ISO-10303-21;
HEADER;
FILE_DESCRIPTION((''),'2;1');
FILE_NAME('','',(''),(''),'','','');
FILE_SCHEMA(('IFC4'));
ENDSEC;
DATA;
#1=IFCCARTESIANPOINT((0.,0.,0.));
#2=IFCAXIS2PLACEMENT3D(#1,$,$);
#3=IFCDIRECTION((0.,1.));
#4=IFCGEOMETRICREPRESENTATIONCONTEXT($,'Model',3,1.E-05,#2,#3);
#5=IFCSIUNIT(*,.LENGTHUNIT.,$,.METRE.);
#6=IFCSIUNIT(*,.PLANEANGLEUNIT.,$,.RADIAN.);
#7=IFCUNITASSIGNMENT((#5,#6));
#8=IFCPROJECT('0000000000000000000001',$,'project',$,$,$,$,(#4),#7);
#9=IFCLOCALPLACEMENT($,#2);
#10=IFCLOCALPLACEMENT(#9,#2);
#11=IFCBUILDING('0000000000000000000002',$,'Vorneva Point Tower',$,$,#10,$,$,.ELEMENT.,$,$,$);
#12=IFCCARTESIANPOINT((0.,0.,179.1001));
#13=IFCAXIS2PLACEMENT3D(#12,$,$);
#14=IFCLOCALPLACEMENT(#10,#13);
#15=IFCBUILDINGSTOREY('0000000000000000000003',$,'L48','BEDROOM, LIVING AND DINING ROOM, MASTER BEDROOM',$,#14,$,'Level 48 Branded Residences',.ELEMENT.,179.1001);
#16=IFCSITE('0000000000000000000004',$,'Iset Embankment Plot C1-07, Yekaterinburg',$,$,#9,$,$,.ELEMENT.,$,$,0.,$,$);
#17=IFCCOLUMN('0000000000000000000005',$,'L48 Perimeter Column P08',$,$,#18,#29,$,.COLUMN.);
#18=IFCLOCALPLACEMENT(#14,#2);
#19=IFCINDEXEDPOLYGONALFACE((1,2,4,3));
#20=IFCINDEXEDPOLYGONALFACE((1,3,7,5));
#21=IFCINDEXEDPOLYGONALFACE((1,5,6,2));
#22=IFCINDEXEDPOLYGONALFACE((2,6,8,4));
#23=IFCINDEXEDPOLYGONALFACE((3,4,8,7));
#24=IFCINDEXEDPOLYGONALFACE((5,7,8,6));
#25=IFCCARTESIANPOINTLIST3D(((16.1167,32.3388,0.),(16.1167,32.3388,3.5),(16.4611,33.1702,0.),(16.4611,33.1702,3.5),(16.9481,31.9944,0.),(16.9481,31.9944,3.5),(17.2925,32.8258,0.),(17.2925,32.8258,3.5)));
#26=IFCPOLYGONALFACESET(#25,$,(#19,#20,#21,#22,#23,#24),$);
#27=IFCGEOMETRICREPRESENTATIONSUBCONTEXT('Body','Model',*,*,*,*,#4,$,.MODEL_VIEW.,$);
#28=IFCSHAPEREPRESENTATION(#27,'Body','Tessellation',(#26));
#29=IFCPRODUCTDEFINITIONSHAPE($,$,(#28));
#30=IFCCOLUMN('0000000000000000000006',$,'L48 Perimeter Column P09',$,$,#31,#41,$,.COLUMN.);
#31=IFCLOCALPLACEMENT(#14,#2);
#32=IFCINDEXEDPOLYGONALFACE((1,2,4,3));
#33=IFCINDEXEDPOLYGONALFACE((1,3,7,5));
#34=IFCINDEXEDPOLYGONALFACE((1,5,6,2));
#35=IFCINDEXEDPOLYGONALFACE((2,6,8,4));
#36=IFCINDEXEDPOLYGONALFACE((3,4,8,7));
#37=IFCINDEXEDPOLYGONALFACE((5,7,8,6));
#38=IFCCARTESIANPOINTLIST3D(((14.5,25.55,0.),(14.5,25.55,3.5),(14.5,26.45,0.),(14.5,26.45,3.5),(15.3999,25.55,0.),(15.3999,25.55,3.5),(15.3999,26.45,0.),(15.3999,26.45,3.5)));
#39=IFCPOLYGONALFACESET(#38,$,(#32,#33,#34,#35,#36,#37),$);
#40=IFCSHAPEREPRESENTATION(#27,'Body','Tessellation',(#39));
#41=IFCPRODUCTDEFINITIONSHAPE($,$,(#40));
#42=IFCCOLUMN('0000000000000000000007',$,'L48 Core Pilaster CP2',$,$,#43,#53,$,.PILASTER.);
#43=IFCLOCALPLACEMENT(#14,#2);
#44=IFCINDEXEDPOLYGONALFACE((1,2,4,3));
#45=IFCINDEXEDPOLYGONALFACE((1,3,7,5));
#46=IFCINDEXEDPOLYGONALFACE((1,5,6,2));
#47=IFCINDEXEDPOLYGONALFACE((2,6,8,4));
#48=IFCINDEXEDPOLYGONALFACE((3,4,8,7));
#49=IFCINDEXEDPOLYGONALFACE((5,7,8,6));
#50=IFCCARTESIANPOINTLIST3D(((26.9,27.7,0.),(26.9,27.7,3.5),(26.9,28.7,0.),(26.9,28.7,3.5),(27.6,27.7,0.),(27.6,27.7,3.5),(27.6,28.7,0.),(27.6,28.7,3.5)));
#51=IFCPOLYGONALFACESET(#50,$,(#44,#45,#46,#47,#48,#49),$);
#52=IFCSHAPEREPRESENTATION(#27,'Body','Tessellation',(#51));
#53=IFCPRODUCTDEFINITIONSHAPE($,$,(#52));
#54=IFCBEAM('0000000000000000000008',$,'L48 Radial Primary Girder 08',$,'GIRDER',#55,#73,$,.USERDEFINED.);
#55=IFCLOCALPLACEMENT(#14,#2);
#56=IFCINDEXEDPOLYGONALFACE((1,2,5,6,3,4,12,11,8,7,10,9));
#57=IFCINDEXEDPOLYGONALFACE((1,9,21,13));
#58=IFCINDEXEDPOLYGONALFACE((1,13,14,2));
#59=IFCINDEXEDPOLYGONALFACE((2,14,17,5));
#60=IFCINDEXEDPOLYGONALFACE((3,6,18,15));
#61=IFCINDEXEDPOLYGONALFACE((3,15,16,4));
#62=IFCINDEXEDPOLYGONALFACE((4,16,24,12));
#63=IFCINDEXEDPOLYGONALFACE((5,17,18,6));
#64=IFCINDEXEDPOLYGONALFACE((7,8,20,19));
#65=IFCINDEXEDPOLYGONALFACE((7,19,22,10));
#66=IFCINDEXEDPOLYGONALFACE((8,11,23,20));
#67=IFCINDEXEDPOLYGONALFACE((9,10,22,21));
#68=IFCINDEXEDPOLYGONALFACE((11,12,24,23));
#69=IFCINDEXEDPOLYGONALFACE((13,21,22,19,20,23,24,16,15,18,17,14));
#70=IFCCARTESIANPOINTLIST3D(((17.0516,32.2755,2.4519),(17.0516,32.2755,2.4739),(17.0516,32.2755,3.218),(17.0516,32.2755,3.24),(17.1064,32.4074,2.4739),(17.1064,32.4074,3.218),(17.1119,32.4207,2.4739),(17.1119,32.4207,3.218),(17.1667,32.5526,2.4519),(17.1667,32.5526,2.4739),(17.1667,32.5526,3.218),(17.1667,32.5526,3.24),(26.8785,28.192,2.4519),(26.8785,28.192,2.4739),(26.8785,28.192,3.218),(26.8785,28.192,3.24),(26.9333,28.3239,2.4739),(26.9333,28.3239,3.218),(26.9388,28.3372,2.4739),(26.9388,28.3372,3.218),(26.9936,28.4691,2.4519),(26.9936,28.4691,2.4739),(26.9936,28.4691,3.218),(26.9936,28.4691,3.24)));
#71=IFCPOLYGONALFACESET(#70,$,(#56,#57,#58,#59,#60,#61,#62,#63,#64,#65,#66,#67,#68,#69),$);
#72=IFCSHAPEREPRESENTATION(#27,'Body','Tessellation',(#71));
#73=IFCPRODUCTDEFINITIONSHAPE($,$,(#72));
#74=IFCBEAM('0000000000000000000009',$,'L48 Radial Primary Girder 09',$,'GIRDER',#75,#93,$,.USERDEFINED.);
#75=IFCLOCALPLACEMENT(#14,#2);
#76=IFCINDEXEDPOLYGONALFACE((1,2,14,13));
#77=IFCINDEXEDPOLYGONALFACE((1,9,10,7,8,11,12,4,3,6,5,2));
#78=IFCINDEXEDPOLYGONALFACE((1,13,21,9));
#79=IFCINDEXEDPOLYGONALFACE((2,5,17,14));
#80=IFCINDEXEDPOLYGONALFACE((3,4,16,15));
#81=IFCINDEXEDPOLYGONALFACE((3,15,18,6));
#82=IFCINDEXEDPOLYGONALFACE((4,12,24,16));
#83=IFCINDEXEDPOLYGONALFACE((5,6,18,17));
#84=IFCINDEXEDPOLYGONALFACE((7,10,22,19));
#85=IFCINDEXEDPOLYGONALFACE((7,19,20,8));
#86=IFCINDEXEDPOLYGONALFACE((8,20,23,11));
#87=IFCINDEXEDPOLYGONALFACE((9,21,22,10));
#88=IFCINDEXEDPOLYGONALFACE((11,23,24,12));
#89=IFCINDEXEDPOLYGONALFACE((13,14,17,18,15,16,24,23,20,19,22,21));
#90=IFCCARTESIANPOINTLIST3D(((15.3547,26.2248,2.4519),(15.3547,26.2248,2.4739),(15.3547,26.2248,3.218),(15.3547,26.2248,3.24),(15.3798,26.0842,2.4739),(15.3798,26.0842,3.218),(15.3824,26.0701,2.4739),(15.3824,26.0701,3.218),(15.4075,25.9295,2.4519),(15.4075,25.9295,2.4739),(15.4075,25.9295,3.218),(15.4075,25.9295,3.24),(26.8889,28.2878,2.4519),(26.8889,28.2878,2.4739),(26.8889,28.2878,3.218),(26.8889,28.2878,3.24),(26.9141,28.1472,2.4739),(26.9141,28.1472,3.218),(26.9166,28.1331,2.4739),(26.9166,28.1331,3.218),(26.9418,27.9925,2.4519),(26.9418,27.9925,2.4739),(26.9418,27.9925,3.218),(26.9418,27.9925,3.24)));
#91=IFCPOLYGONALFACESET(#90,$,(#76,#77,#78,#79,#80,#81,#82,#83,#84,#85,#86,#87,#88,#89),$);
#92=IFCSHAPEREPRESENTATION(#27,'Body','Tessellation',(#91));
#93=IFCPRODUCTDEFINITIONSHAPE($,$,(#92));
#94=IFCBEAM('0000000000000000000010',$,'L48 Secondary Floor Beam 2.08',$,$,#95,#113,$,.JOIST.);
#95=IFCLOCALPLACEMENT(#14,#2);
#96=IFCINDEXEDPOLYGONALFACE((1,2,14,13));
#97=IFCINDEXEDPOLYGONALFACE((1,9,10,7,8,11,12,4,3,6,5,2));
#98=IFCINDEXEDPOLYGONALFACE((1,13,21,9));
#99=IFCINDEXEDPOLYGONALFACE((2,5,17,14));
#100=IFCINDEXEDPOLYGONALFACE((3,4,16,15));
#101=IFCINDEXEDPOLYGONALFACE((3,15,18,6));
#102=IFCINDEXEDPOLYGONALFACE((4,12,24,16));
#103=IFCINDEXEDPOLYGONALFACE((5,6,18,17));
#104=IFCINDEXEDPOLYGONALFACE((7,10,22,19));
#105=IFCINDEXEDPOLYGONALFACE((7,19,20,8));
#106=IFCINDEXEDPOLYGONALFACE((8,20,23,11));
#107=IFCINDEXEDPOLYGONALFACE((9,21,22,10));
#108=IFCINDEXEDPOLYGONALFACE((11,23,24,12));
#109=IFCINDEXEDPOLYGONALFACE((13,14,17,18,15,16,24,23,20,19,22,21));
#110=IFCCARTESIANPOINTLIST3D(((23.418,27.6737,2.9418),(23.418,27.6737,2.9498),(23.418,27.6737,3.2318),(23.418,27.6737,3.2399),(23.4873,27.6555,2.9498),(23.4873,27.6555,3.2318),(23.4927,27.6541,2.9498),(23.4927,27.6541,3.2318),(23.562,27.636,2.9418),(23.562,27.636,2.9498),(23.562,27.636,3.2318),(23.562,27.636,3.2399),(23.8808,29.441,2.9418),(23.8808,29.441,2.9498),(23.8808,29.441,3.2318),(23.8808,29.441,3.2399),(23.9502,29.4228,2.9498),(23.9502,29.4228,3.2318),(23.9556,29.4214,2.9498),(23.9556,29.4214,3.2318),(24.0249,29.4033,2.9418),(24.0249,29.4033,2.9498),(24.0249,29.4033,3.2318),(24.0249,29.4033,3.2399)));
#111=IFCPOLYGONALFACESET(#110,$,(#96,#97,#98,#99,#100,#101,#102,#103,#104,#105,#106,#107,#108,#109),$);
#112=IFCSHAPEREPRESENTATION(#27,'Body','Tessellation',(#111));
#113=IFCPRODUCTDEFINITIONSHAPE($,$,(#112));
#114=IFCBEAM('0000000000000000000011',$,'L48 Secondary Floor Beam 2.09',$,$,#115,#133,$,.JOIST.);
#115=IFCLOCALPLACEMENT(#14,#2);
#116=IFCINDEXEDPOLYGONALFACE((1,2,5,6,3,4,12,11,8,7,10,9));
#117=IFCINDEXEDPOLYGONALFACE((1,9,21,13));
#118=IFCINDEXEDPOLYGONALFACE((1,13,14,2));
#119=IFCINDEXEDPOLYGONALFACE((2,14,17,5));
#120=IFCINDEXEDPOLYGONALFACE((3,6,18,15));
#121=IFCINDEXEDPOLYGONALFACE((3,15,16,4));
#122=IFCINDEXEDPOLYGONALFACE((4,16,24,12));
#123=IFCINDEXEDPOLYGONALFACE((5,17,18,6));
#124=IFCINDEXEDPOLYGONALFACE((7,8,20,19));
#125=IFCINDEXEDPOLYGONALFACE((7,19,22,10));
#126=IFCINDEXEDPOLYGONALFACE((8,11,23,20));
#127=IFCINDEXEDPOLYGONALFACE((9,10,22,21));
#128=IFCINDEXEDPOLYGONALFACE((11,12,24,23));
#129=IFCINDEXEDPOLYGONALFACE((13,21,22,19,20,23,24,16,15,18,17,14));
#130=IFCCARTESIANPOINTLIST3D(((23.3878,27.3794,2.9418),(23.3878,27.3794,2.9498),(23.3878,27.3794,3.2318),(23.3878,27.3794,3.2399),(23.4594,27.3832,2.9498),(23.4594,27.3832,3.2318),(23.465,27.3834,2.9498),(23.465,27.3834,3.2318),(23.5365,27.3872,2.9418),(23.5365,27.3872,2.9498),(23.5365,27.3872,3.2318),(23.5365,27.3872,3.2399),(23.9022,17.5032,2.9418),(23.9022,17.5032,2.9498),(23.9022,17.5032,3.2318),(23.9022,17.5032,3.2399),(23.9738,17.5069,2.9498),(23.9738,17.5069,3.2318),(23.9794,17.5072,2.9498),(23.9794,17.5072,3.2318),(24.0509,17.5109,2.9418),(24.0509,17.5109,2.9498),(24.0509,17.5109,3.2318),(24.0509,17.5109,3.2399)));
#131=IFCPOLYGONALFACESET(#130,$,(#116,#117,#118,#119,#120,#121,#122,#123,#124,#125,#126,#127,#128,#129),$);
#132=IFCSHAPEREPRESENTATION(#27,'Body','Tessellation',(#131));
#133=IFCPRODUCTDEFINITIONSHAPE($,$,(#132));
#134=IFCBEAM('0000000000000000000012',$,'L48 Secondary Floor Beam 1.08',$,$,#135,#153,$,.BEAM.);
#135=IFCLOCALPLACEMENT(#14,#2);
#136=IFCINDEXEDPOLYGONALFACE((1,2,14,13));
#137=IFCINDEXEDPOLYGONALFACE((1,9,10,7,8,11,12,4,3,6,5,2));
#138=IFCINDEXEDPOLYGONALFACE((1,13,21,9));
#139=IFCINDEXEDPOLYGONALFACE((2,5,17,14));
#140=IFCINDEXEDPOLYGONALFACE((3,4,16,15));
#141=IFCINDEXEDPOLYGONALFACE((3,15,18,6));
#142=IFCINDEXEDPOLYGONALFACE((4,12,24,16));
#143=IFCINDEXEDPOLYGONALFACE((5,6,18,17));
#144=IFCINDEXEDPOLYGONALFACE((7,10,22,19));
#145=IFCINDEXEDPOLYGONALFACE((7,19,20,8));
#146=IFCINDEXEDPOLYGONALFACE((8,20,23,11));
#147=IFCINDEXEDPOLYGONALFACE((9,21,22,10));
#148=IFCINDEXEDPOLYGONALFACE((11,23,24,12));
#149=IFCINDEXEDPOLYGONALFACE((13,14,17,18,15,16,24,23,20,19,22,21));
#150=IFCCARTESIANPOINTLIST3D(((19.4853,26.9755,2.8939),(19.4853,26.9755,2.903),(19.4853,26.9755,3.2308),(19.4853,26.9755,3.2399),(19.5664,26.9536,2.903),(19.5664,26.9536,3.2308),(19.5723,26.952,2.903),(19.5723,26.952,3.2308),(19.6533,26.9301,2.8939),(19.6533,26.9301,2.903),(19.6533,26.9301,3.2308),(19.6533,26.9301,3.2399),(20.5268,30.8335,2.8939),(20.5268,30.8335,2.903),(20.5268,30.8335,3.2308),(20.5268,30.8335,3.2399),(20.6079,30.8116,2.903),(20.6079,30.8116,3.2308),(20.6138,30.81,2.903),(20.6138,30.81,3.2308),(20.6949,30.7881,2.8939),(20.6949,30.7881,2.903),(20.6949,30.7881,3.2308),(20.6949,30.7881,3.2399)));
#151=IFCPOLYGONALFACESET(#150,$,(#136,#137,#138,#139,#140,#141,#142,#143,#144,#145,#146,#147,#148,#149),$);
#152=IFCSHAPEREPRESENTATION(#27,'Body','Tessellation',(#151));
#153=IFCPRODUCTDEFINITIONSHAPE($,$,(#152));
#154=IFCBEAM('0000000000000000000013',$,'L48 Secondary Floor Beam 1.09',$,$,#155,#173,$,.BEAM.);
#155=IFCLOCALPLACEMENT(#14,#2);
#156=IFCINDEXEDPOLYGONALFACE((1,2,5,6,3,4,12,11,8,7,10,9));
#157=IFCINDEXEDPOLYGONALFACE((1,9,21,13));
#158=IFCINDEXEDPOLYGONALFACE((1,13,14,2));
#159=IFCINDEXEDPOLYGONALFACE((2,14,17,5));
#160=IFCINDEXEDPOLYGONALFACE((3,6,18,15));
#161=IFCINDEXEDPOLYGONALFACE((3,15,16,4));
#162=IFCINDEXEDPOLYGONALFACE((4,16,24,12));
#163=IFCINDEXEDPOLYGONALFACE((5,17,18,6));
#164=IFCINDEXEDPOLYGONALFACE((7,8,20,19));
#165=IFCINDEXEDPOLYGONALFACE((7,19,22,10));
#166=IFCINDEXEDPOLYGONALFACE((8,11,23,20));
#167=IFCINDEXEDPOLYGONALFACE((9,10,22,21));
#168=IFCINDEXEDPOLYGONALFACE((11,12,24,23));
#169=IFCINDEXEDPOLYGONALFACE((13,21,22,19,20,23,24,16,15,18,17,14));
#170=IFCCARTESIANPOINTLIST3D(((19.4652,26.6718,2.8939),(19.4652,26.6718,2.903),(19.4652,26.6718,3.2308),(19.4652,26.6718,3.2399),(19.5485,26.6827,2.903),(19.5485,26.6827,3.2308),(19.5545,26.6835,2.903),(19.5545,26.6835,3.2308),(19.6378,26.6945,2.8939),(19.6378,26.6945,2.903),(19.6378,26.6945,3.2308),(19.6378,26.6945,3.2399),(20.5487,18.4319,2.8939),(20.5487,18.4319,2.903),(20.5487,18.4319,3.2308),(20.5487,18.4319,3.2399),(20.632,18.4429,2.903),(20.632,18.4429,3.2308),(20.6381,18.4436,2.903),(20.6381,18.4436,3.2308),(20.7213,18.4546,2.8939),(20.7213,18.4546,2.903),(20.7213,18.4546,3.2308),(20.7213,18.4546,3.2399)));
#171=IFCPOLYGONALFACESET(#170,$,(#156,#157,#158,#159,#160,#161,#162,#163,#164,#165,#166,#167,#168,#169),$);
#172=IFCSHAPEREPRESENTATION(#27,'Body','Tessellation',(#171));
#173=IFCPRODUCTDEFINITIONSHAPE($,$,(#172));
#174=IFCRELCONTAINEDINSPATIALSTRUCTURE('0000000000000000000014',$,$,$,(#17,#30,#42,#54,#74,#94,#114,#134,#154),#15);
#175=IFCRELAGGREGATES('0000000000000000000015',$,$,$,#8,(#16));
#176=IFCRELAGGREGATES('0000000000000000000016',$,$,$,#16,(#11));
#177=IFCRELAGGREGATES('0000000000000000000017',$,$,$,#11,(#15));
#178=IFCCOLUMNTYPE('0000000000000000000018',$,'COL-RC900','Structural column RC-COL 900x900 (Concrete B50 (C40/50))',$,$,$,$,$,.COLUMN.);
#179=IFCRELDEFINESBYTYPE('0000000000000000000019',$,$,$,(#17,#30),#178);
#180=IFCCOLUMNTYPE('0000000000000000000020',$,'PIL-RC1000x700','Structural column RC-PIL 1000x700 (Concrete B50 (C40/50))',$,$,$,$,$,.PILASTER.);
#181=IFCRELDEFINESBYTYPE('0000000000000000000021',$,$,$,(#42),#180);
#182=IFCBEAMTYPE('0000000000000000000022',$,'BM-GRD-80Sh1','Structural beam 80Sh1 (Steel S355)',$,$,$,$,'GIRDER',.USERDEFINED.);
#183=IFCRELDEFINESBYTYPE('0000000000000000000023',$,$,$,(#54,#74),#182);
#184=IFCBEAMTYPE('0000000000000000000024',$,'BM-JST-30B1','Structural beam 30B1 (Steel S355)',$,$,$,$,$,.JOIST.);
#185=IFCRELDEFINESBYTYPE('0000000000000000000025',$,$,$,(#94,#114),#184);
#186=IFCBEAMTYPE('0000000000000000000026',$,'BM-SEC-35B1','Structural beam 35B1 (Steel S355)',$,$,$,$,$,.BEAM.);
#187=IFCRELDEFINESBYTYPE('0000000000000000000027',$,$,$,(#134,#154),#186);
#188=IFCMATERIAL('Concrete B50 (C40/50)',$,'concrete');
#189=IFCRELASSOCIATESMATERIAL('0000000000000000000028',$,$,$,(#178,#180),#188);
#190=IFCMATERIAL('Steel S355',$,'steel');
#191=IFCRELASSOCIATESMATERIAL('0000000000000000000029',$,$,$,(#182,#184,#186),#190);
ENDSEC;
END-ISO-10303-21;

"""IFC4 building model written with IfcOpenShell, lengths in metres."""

from ifc_helpers import new_model, si_unit, direction, frame, origin, origin_2d, place, context, subcontext, project, spatial, rectangle, i_section, extrude, material, material_profile, profile_set, type_object, element, save


model = new_model("IFC4")

# Units and contexts
model_context = context("Model", 3, precision=1e-05, world=origin(), true_north=direction((0.0, 1.0)))
body_context = subcontext(model_context, "Body", "Model", "MODEL_VIEW")
ifc_project = project(units=[si_unit("LENGTHUNIT", "METRE"), si_unit("PLANEANGLEUNIT", "RADIAN")], contexts=[model_context])

# Site, building, storey
site_placement = place(None, origin())
site = spatial("IfcSite", under=ifc_project, at=site_placement, Name="Iset Embankment Plot C1-07, Yekaterinburg", CompositionType="ELEMENT", RefElevation=0.0)
building_placement = place(site_placement, origin())
building = spatial("IfcBuilding", under=site, at=building_placement, Name="Vorneva Point Tower", CompositionType="ELEMENT")
storey_placement = place(building_placement, frame((0.0, 0.0, 179.1001)))
storey = spatial("IfcBuildingStorey", under=building, at=storey_placement, Name="L48", Description="BEDROOM, LIVING AND DINING ROOM, MASTER BEDROOM", LongName="Level 48 Branded Residences", CompositionType="ELEMENT", Elevation=179.1001)

# Columns
ifc_material_1 = material(Name="Concrete B50 (C40/50)", Category="concrete")
ifc_material_profile_1 = material_profile(ifc_material_1, rectangle(XDim=0.8999, YDim=0.8999, at=origin_2d()), Name="RC-COL 900x900")
ifc_profile_set_1 = profile_set([ifc_material_profile_1], Name="Concrete B50 (C40/50)")
column_type_1 = type_object("IfcColumnType", Name="COL-RC900", Description="Structural column RC-COL 900x900 (Concrete B50 (C40/50))", PredefinedType="COLUMN", material=ifc_profile_set_1)
for number, where, z_axis, x_axis, name in (
    (1, (16.7046, 32.5823, 0.0), (0.0, 0.0, 1.0), (-0.92388, 0.382683, 0.0), "L48 Perimeter Column P08"),
    (2, (14.95, 26.0, 0.0), (0.0, 0.0, 1.0), (-1.0, 0.0, 0.0), "L48 Perimeter Column P09"),
):
    element("IfcColumn", number, at=place(storey_placement, frame(where, z_axis=z_axis, x_axis=x_axis)), inside=storey, type_object=column_type_1, Name=name, PredefinedType="COLUMN", context=body_context, shape_type="SweptSolid", body=[
        extrude(rectangle(XDim=0.8999, YDim=0.8999, at=origin_2d()), origin(), (0.0, 0.0, 1.0), 3.5),
    ])
ifc_material_profile_2 = material_profile(ifc_material_1, rectangle(XDim=0.7, YDim=1.0, at=origin_2d()), Name="RC-PIL 1000x700")
ifc_profile_set_2 = profile_set([ifc_material_profile_2], Name="Concrete B50 (C40/50)")
column_type_2 = type_object("IfcColumnType", Name="PIL-RC1000x700", Description="Structural column RC-PIL 1000x700 (Concrete B50 (C40/50))", PredefinedType="PILASTER", material=ifc_profile_set_2)
column_placement = place(storey_placement, frame((27.25, 28.2, 0.0), z_axis=(0.0, 0.0, 1.0), x_axis=(1.0, 0.0, 0.0)))
element("IfcColumn", 3, at=column_placement, inside=storey, type_object=column_type_2, Name="L48 Core Pilaster CP2", PredefinedType="PILASTER", context=body_context, shape_type="SweptSolid", body=[
    extrude(rectangle(XDim=0.7, YDim=1.0, at=origin_2d()), origin(), (0.0, 0.0, 1.0), 3.5),
])

# Beams
ifc_material_2 = material(Name="Steel S355", Category="steel")
ifc_material_profile_3 = material_profile(ifc_material_2, i_section(OverallWidth=0.3, OverallDepth=0.7881, WebThickness=0.0144, FlangeThickness=0.022, at=origin_2d()), Name="80Sh1")
ifc_profile_set_3 = profile_set([ifc_material_profile_3], Name="Steel S355")
beam_type_1 = type_object("IfcBeamType", Name="BM-GRD-80Sh1", Description="Structural beam 80Sh1 (Steel S355)", ElementType="GIRDER", PredefinedType="USERDEFINED", material=ifc_profile_set_3)
beam_1_placement = place(storey_placement, frame((17.1091, 32.4141, 2.8459), z_axis=(0.923445, -0.383731, 0.0), x_axis=(0.383731, 0.923445, 0.0)))
element("IfcBeam", 4, at=beam_1_placement, inside=storey, type_object=beam_type_1, Name="L48 Radial Primary Girder 08", ObjectType="GIRDER", PredefinedType="USERDEFINED", context=body_context, shape_type="SweptSolid", body=[
    extrude(i_section(OverallWidth=0.3, OverallDepth=0.7881, WebThickness=0.0144, FlangeThickness=0.022, at=origin_2d()), origin(), (0.0, 0.0, 1.0), 10.6416),
])
beam_2_placement = place(storey_placement, frame((15.3811, 26.0771, 2.8459), z_axis=(0.984379, 0.176065, 0.0), x_axis=(-0.176065, 0.984379, 0.0)))
element("IfcBeam", 5, at=beam_2_placement, inside=storey, type_object=beam_type_1, Name="L48 Radial Primary Girder 09", ObjectType="GIRDER", PredefinedType="USERDEFINED", context=body_context, shape_type="SweptSolid", body=[
    extrude(i_section(OverallWidth=0.3, OverallDepth=0.7881, WebThickness=0.0144, FlangeThickness=0.022, at=origin_2d()), origin(), (0.0, 0.0, 1.0), 11.7173),
])
ifc_material_profile_4 = material_profile(ifc_material_2, i_section(OverallWidth=0.1489, OverallDepth=0.2981, WebThickness=0.0056, FlangeThickness=0.0081, at=origin_2d()), Name="30B1")
ifc_profile_set_4 = profile_set([ifc_material_profile_4], Name="Steel S355")
beam_type_2 = type_object("IfcBeamType", Name="BM-JST-30B1", Description="Structural beam 30B1 (Steel S355)", PredefinedType="JOIST", material=ifc_profile_set_4)
beam_3_placement = place(storey_placement, frame((23.9529, 29.4221, 3.0908), z_axis=(-0.253368, -0.96737, 0.0), x_axis=(0.96737, -0.253368, 0.0)))
element("IfcBeam", 6, at=beam_3_placement, inside=storey, type_object=beam_type_2, Name="L48 Secondary Floor Beam 2.08", PredefinedType="JOIST", context=body_context, shape_type="SweptSolid", body=[
    extrude(i_section(OverallWidth=0.1489, OverallDepth=0.2981, WebThickness=0.0056, FlangeThickness=0.0081, at=origin_2d()), origin(), (0.0, 0.0, 1.0), 1.8269),
])
beam_4_placement = place(storey_placement, frame((23.4622, 27.3833, 3.0908), z_axis=(0.052015, -0.998646, 0.0), x_axis=(0.998646, 0.052015, 0.0)))
element("IfcBeam", 7, at=beam_4_placement, inside=storey, type_object=beam_type_2, Name="L48 Secondary Floor Beam 2.09", PredefinedType="JOIST", context=body_context, shape_type="SweptSolid", body=[
    extrude(i_section(OverallWidth=0.1489, OverallDepth=0.2981, WebThickness=0.0056, FlangeThickness=0.0081, at=origin_2d()), origin(), (0.0, 0.0, 1.0), 9.8896),
])
ifc_material_profile_5 = material_profile(ifc_material_2, i_section(OverallWidth=0.1741, OverallDepth=0.3459, WebThickness=0.0061, FlangeThickness=0.009, at=origin_2d()), Name="35B1")
ifc_profile_set_5 = profile_set([ifc_material_profile_5], Name="Steel S355")
beam_type_3 = type_object("IfcBeamType", Name="BM-SEC-35B1", Description="Structural beam 35B1 (Steel S355)", PredefinedType="BEAM", material=ifc_profile_set_5)
beam_5_placement = place(storey_placement, frame((20.6108, 30.8108, 3.0669), z_axis=(-0.260635, -0.965437, 0.0), x_axis=(0.965437, -0.260635, 0.0)))
element("IfcBeam", 8, at=beam_5_placement, inside=storey, type_object=beam_type_3, Name="L48 Secondary Floor Beam 1.08", PredefinedType="BEAM", context=body_context, shape_type="SweptSolid", body=[
    extrude(i_section(OverallWidth=0.1741, OverallDepth=0.3459, WebThickness=0.0061, FlangeThickness=0.009, at=origin_2d()), origin(), (0.0, 0.0, 1.0), 3.9961),
])
beam_6_placement = place(storey_placement, frame((19.5515, 26.6831, 3.0669), z_axis=(0.130374, -0.991465, 0.0), x_axis=(0.991465, 0.130374, 0.0)))
element("IfcBeam", 9, at=beam_6_placement, inside=storey, type_object=beam_type_3, Name="L48 Secondary Floor Beam 1.09", PredefinedType="BEAM", context=body_context, shape_type="SweptSolid", body=[
    extrude(i_section(OverallWidth=0.1741, OverallDepth=0.3459, WebThickness=0.0061, FlangeThickness=0.009, at=origin_2d()), origin(), (0.0, 0.0, 1.0), 8.3108),
])

save(model, "model.ifc")
